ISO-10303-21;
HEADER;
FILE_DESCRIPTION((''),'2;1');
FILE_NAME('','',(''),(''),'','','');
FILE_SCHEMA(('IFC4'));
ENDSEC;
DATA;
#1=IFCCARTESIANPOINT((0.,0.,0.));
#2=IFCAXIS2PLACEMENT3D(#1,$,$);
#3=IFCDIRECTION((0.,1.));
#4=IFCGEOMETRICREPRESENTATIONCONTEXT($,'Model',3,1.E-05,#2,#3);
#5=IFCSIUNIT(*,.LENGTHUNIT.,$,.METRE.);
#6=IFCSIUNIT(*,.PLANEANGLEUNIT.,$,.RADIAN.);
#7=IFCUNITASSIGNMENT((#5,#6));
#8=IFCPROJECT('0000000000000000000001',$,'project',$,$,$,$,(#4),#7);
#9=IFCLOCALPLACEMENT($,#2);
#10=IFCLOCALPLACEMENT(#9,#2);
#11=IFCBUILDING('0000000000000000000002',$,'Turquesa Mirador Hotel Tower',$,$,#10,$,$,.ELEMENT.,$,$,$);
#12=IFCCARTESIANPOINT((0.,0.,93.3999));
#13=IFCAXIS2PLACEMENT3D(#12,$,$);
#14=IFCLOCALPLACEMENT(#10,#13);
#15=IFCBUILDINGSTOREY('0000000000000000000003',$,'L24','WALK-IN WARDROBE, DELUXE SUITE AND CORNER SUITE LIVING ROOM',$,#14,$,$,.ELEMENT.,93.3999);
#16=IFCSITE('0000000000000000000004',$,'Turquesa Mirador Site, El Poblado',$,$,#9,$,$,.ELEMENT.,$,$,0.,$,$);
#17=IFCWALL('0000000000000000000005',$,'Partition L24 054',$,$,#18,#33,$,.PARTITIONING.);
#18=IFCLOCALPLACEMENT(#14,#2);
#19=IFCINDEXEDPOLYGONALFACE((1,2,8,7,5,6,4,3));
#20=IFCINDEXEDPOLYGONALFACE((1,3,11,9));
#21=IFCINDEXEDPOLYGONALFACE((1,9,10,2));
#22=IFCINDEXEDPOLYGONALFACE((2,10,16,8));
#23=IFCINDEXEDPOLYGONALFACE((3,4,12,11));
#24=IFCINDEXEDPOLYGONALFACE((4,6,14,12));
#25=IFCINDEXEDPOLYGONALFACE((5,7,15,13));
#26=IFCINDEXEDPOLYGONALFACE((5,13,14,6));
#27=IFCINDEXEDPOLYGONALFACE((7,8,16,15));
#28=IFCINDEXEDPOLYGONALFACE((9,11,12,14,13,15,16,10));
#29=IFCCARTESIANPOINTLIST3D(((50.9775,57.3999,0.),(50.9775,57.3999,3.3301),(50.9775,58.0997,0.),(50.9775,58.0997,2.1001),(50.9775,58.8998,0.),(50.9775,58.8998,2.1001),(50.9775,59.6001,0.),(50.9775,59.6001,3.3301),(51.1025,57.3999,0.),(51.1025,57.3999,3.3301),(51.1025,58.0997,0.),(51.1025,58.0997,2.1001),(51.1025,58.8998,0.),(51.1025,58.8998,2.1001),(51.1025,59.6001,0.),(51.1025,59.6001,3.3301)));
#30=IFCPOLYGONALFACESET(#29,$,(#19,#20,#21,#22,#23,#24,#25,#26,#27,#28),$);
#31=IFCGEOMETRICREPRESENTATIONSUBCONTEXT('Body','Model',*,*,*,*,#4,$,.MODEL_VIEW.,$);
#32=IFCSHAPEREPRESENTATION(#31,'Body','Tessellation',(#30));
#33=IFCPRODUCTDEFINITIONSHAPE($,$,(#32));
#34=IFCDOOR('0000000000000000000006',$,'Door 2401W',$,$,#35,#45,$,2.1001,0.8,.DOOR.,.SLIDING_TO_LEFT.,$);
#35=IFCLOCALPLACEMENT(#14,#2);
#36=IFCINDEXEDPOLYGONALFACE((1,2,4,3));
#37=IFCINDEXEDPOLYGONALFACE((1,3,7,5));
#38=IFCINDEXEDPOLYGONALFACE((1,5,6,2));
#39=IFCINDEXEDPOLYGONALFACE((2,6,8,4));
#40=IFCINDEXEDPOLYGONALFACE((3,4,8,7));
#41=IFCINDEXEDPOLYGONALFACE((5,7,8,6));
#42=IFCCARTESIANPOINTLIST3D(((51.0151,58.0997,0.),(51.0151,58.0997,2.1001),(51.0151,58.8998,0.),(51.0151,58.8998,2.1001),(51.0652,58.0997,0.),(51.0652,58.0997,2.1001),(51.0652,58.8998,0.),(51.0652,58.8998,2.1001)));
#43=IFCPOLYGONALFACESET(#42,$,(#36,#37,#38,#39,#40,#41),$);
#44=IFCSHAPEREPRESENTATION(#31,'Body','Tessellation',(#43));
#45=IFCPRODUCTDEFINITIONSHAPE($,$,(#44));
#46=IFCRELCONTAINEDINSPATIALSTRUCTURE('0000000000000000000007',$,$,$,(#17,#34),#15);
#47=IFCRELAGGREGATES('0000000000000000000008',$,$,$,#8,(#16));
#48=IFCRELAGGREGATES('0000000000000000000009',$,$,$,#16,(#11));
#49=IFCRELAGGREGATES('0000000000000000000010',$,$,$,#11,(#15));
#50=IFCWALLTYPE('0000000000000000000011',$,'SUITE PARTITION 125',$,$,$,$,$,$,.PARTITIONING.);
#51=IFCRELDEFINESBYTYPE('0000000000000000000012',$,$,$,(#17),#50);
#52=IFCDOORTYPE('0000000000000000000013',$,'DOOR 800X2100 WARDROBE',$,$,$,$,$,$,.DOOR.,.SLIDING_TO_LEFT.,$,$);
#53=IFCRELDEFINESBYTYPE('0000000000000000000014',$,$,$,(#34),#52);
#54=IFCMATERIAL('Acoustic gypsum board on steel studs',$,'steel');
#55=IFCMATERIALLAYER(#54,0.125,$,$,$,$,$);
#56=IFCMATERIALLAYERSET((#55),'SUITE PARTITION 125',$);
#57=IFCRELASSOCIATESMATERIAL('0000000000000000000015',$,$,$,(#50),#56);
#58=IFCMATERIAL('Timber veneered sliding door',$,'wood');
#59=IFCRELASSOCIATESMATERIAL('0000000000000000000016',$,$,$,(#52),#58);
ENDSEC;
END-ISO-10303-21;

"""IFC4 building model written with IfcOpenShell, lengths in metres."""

from ifc_helpers import new_model, si_unit, direction, frame, frame_2d, origin, place, context, subcontext, project, spatial, rectangle, extrude, material, layer, layer_set, type_object, element, fill, save


model = new_model("IFC4")

# Units and contexts
model_context = context("Model", 3, precision=1e-05, world=origin(), true_north=direction((0.0, 1.0)))
body_context = subcontext(model_context, "Body", "Model", "MODEL_VIEW")
ifc_project = project(units=[si_unit("LENGTHUNIT", "METRE"), si_unit("PLANEANGLEUNIT", "RADIAN")], contexts=[model_context])

# Site, building, storey
site_placement = place(None, origin())
site = spatial("IfcSite", under=ifc_project, at=site_placement, Name="Turquesa Mirador Site, El Poblado", CompositionType="ELEMENT", RefElevation=0.0)
building_placement = place(site_placement, origin())
building = spatial("IfcBuilding", under=site, at=building_placement, Name="Turquesa Mirador Hotel Tower", CompositionType="ELEMENT")
storey_placement = place(building_placement, frame((0.0, 0.0, 93.3999)))
storey = spatial("IfcBuildingStorey", under=building, at=storey_placement, Name="L24", Description="WALK-IN WARDROBE, DELUXE SUITE AND CORNER SUITE LIVING ROOM", CompositionType="ELEMENT", Elevation=93.3999)

# Shared definitions
ifc_material_1 = material(Name="Acoustic gypsum board on steel studs", Category="steel")
ifc_layer_1 = layer(ifc_material_1, 0.125)
ifc_layer_set_1 = layer_set([ifc_layer_1], Name="SUITE PARTITION 125")
wall_type_1 = type_object("IfcWallType", Name="SUITE PARTITION 125", PredefinedType="PARTITIONING", material=ifc_layer_set_1)

# Wall, opening, door
wall_1_placement = place(storey_placement, frame((51.04, 57.3999, 0.0), z_axis=(0.0, 0.0, 1.0), x_axis=(0.0, 1.0, 0.0)))
wall_1 = element("IfcWall", 1, at=wall_1_placement, inside=storey, type_object=wall_type_1, Name="Partition L24 054", PredefinedType="PARTITIONING", context=body_context, shape_type="SweptSolid", body=[
    extrude(rectangle(XDim=2.2002, YDim=0.125, at=frame_2d((1.1001, 0.0))), origin(), (0.0, 0.0, 1.0), 3.3301),
])
opening_1_placement = place(wall_1_placement, frame((0.7, 0.0, 0.0)))
opening_1 = element("IfcOpeningElement", 2, at=opening_1_placement, cuts=wall_1, PredefinedType="OPENING", context=body_context, shape_type="SweptSolid", body=[
    extrude(rectangle(XDim=0.8, YDim=2.1001, at=frame_2d((0.3999, 1.05))), frame((0.0, 0.0725, 0.0), z_axis=(0.0, -1.0, 0.0), x_axis=(1.0, 0.0, 0.0)), (0.0, 0.0, 1.0), 0.145),
])
ifc_material_2 = material(Name="Timber veneered sliding door", Category="wood")
door_type_1 = type_object("IfcDoorType", Name="DOOR 800X2100 WARDROBE", OperationType="SLIDING_TO_LEFT", PredefinedType="DOOR", material=ifc_material_2)
door_1_placement = place(opening_1_placement, origin())
door_1 = element("IfcDoor", 3, at=door_1_placement, inside=storey, type_object=door_type_1, Name="Door 2401W", OperationType="SLIDING_TO_LEFT", OverallHeight=2.1001, OverallWidth=0.8, PredefinedType="DOOR", context=body_context, shape_type="SweptSolid", body=[
    extrude(rectangle(XDim=0.8, YDim=2.1001, at=frame_2d((0.3999, 1.05))), frame((0.0, 0.0249, 0.0), z_axis=(0.0, -1.0, 0.0), x_axis=(1.0, 0.0, 0.0)), (0.0, 0.0, 1.0), 0.05),
])
fill(opening_1, door_1)

save(model, "model.ifc")
